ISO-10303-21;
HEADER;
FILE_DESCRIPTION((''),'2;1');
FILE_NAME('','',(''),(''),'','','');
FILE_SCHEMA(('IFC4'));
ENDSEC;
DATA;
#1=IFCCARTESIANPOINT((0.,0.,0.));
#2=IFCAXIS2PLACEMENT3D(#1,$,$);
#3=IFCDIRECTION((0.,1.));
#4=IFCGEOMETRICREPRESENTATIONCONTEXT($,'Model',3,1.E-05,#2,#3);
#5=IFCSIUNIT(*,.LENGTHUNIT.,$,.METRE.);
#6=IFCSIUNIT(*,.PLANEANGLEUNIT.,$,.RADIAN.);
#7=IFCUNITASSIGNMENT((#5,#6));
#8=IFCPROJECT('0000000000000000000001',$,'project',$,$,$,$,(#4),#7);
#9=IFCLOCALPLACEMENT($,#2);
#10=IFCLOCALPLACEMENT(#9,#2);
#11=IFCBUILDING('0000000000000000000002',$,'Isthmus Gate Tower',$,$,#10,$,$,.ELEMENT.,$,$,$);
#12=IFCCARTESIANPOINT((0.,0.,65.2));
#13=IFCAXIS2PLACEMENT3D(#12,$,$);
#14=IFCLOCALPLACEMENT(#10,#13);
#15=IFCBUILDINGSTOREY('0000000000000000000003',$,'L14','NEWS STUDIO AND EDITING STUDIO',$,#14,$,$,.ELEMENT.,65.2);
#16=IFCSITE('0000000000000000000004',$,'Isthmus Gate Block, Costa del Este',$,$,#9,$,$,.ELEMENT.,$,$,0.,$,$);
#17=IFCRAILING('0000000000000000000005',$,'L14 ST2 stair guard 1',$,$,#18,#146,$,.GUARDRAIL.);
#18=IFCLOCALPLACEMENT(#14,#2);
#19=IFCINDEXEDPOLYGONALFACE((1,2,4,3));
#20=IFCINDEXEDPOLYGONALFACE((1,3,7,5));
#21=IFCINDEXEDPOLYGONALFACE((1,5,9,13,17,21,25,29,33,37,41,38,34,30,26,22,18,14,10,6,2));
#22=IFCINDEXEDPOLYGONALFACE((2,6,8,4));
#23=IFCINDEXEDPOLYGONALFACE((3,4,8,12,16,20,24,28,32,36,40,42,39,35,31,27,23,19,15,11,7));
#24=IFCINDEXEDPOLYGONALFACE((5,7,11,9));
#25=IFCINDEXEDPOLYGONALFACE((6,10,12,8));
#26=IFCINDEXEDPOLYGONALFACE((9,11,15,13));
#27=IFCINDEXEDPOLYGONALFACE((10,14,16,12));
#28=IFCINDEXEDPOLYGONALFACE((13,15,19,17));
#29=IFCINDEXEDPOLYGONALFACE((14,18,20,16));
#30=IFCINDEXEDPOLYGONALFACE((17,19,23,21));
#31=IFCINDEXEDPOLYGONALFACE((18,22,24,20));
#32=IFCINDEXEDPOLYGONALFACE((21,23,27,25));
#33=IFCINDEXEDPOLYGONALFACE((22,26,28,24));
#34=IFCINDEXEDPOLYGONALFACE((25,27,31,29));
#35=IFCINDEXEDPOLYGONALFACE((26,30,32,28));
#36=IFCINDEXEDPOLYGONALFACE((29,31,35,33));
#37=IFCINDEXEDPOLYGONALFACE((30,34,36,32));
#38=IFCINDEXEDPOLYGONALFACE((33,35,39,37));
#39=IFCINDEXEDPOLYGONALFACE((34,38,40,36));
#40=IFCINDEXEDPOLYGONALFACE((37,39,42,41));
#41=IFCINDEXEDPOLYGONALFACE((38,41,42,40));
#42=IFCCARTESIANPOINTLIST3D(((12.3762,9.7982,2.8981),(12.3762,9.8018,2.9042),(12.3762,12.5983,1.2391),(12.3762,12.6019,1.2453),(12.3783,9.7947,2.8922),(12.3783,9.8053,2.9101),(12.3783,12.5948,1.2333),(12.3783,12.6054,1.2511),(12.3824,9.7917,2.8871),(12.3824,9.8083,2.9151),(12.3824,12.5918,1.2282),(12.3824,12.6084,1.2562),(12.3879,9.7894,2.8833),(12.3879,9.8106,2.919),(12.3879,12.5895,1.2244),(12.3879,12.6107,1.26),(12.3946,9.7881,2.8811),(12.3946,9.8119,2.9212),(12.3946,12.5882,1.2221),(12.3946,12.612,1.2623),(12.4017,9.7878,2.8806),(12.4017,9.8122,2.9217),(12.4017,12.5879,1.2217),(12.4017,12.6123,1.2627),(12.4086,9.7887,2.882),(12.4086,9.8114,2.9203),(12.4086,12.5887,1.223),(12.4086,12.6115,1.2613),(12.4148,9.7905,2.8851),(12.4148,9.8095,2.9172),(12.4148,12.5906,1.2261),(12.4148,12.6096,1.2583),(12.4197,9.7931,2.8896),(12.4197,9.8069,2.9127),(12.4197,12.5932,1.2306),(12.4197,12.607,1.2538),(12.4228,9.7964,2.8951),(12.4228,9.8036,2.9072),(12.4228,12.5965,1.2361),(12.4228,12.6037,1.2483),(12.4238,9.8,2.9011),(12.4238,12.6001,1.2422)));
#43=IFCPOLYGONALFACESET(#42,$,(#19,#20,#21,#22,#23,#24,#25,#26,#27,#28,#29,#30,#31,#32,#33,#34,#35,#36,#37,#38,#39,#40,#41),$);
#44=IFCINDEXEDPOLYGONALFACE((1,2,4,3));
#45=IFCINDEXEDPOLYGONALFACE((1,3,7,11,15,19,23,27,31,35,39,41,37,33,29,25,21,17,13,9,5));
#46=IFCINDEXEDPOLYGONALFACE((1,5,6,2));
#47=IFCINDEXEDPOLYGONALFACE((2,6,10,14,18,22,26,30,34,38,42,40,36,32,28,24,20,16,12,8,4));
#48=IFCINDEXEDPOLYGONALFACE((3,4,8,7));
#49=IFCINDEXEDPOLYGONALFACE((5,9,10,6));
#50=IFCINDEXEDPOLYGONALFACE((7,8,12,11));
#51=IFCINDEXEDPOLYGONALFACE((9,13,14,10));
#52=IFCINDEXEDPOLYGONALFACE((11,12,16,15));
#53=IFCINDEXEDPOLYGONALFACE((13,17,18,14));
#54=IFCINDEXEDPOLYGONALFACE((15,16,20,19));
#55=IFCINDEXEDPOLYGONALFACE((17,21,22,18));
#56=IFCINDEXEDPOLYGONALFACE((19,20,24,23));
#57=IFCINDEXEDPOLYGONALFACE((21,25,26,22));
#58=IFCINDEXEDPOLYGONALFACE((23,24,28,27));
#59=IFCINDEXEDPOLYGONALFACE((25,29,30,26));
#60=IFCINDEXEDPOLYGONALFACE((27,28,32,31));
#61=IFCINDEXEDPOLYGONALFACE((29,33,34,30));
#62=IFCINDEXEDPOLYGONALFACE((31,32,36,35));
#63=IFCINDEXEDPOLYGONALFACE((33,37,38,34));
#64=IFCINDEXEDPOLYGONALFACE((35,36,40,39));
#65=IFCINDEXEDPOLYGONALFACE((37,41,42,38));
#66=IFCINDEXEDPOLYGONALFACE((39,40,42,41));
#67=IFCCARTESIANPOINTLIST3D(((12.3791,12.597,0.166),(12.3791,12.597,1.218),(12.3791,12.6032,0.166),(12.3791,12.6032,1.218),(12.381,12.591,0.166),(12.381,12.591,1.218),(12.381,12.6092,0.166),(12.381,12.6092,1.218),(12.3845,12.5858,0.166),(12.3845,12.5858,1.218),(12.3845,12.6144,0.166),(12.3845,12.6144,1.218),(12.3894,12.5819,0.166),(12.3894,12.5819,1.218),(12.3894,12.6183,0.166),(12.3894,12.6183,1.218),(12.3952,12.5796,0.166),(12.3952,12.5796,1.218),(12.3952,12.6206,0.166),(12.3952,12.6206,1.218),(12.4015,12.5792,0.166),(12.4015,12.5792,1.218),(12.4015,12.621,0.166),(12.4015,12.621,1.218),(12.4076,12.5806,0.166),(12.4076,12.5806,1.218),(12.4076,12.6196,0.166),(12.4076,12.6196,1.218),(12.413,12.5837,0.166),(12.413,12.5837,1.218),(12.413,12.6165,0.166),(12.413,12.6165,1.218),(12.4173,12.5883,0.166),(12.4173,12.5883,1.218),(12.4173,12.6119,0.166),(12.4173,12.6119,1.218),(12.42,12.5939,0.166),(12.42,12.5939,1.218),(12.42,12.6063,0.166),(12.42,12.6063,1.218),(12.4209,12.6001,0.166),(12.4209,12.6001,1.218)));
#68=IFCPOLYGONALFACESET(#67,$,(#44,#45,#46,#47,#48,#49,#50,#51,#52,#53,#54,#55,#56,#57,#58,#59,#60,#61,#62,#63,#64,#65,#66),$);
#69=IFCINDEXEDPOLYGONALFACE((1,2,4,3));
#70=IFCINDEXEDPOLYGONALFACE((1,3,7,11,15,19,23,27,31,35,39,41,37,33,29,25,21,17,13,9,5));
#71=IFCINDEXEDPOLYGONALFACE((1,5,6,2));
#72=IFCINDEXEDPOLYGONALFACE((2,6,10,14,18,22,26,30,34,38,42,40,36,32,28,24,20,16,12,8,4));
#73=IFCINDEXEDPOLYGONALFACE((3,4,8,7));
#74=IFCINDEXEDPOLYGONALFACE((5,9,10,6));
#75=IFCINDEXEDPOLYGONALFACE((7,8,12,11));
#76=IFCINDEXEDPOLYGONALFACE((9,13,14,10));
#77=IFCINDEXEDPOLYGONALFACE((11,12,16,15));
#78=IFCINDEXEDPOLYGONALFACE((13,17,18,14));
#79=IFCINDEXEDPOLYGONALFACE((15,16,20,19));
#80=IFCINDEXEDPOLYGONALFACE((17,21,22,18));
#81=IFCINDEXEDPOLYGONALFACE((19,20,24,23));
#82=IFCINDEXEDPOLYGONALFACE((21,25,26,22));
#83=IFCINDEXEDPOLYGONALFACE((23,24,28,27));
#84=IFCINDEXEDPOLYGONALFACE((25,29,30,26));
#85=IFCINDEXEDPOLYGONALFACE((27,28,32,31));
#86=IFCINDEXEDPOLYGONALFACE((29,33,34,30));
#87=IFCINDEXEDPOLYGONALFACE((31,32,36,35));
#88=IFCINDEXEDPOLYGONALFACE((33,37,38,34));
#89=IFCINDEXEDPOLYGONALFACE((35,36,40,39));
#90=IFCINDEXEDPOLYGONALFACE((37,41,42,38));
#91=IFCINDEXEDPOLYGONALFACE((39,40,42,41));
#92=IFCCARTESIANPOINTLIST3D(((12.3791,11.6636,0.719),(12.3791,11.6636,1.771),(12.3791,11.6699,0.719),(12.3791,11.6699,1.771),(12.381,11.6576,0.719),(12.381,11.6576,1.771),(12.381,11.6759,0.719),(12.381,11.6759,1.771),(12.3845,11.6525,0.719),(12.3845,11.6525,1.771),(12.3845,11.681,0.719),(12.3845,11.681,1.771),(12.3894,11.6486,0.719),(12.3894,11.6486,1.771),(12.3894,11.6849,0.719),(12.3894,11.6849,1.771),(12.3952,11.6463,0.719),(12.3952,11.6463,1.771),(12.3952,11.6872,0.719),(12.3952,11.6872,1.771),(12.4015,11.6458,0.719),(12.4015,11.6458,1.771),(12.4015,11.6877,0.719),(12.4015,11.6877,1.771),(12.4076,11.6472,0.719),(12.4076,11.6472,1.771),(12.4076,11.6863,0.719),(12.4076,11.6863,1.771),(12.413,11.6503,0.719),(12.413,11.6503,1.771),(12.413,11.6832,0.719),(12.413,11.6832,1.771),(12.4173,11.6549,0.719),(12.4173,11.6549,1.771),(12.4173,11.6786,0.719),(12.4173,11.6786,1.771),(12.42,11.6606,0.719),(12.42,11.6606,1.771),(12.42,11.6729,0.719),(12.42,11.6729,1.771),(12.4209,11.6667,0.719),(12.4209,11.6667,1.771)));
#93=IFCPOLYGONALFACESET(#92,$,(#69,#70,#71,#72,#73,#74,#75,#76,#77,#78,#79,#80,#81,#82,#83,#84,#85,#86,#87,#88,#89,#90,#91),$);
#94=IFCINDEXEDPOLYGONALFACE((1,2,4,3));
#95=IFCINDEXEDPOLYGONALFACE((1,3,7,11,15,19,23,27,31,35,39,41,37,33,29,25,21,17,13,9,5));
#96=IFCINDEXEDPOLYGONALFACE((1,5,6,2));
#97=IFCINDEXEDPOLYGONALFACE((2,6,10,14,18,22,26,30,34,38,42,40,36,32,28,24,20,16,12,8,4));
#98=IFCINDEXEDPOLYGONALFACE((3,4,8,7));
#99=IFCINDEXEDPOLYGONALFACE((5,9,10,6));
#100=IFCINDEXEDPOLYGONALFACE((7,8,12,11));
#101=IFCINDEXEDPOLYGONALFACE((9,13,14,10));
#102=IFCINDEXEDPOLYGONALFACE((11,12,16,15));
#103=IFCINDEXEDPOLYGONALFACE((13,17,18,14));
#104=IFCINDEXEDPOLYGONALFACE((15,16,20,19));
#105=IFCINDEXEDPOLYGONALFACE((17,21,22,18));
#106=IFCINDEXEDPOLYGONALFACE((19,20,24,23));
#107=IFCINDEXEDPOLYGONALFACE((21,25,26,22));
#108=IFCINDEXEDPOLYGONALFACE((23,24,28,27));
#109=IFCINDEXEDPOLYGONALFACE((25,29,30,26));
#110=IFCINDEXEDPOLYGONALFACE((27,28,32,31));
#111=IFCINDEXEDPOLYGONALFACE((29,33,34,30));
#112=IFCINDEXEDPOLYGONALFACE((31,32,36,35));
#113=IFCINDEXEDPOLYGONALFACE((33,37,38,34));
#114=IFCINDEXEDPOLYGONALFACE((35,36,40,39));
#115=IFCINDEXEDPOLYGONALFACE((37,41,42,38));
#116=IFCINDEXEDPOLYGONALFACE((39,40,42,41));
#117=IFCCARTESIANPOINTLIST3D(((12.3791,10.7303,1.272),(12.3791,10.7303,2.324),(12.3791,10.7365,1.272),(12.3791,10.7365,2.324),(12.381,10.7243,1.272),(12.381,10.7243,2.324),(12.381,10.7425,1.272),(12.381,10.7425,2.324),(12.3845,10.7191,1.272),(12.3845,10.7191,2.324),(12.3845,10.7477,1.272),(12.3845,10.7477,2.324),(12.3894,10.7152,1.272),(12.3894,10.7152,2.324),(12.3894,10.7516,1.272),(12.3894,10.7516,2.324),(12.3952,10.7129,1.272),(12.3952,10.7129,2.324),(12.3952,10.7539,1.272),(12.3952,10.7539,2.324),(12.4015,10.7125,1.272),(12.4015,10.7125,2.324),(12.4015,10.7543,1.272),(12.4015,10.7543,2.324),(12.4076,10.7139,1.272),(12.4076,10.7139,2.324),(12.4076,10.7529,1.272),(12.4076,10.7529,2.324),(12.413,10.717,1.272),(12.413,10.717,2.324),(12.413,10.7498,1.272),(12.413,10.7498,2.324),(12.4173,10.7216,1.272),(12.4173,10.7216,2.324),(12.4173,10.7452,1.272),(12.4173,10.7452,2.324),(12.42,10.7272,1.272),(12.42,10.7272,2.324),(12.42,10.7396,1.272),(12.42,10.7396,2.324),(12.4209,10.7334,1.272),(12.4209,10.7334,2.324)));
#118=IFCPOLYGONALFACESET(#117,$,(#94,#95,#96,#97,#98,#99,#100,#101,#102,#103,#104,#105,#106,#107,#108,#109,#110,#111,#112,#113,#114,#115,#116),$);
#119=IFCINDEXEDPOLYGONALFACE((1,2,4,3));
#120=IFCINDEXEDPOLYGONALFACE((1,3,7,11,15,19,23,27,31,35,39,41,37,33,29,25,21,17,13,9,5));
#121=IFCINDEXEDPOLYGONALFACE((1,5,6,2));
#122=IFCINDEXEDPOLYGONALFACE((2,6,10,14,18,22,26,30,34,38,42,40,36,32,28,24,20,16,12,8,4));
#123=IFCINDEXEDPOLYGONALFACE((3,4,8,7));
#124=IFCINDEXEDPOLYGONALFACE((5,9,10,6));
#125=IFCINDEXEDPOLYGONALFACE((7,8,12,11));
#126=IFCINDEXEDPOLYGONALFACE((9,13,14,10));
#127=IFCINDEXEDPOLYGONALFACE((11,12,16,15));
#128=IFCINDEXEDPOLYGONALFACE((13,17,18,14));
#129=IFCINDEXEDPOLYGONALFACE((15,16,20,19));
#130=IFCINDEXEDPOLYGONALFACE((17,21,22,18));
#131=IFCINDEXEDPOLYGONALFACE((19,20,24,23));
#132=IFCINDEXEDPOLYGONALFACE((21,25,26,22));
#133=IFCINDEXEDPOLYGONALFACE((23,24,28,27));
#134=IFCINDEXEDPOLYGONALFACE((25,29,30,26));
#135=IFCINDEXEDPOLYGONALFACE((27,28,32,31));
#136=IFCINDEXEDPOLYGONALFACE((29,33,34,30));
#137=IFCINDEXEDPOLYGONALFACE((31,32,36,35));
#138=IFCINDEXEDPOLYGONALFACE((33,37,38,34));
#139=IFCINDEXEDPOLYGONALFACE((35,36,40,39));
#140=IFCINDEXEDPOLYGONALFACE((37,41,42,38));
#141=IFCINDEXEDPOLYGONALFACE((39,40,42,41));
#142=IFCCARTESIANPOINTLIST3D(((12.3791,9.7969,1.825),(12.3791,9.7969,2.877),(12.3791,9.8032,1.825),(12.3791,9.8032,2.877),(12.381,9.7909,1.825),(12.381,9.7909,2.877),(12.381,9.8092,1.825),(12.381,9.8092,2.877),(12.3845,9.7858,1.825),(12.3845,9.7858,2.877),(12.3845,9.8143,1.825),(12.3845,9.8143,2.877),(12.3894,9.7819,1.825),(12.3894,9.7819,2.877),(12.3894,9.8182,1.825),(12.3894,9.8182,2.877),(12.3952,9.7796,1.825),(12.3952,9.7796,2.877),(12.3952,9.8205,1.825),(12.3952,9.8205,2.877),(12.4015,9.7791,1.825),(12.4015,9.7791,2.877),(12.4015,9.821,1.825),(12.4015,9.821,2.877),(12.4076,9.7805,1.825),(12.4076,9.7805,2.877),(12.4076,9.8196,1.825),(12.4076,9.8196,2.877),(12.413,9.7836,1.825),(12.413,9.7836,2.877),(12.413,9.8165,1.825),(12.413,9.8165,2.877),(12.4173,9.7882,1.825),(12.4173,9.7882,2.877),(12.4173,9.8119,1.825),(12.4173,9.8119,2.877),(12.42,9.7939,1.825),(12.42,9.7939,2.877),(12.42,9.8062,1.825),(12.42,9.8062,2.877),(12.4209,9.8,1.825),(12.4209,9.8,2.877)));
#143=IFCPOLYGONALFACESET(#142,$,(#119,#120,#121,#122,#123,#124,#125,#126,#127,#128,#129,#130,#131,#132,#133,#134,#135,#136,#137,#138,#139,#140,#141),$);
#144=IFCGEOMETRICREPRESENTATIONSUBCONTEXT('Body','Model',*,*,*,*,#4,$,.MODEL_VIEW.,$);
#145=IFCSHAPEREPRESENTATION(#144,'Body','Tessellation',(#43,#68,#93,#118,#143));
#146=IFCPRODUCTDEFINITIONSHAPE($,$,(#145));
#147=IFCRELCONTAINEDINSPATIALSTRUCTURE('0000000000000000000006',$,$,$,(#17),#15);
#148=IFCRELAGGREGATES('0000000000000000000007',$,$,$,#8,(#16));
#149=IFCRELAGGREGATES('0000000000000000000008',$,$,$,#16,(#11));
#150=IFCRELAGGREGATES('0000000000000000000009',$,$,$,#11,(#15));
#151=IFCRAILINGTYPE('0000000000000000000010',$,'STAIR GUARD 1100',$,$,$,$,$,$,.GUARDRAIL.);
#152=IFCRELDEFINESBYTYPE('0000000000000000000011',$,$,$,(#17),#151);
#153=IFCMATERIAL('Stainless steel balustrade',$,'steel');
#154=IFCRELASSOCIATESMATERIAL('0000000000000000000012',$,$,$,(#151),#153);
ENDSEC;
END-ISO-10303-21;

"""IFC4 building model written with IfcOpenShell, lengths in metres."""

from ifc_helpers import new_model, si_unit, direction, frame, origin, origin_2d, place, context, subcontext, project, spatial, circle, extrude, material, type_object, element, save


model = new_model("IFC4")

# Units and contexts
model_context = context("Model", 3, precision=1e-05, world=origin(), true_north=direction((0.0, 1.0)))
body_context = subcontext(model_context, "Body", "Model", "MODEL_VIEW")
ifc_project = project(units=[si_unit("LENGTHUNIT", "METRE"), si_unit("PLANEANGLEUNIT", "RADIAN")], contexts=[model_context])

# Site, building, storey
site_placement = place(None, origin())
site = spatial("IfcSite", under=ifc_project, at=site_placement, Name="Isthmus Gate Block, Costa del Este", CompositionType="ELEMENT", RefElevation=0.0)
building_placement = place(site_placement, origin())
building = spatial("IfcBuilding", under=site, at=building_placement, Name="Isthmus Gate Tower", CompositionType="ELEMENT")
storey_placement = place(building_placement, frame((0.0, 0.0, 65.2)))
storey = spatial("IfcBuildingStorey", under=building, at=storey_placement, Name="L14", Description="NEWS STUDIO AND EDITING STUDIO", CompositionType="ELEMENT", Elevation=65.2)

# Railing
ifc_material_1 = material(Name="Stainless steel balustrade", Category="steel")
railing_type_1 = type_object("IfcRailingType", Name="STAIR GUARD 1100", PredefinedType="GUARDRAIL", material=ifc_material_1)
railing_1_placement = place(storey_placement, frame((12.3999, 12.6001, 0.166)))
element("IfcRailing", 1, at=railing_1_placement, inside=storey, type_object=railing_type_1, Name="L14 ST2 stair guard 1", PredefinedType="GUARDRAIL", context=body_context, shape_type="SweptSolid", body=[
    extrude(circle(Radius=0.0239, at=origin_2d()), frame((0.0, 0.0, 1.0762), z_axis=(0.0, -0.860339, 0.509722), x_axis=(1.0, 0.0, 0.0)), (0.0, 0.0, 1.0), 3.2546),
    extrude(circle(Radius=0.021, at=origin_2d()), origin(), (0.0, 0.0, 1.0), 1.052),
    extrude(circle(Radius=0.021, at=origin_2d()), frame((0.0, -0.9333, 0.553)), (0.0, 0.0, 1.0), 1.052),
    extrude(circle(Radius=0.021, at=origin_2d()), frame((0.0, -1.8667, 1.106)), (0.0, 0.0, 1.0), 1.052),
    extrude(circle(Radius=0.021, at=origin_2d()), frame((0.0, -2.8, 1.6589)), (0.0, 0.0, 1.0), 1.052),
])

save(model, "model.ifc")
